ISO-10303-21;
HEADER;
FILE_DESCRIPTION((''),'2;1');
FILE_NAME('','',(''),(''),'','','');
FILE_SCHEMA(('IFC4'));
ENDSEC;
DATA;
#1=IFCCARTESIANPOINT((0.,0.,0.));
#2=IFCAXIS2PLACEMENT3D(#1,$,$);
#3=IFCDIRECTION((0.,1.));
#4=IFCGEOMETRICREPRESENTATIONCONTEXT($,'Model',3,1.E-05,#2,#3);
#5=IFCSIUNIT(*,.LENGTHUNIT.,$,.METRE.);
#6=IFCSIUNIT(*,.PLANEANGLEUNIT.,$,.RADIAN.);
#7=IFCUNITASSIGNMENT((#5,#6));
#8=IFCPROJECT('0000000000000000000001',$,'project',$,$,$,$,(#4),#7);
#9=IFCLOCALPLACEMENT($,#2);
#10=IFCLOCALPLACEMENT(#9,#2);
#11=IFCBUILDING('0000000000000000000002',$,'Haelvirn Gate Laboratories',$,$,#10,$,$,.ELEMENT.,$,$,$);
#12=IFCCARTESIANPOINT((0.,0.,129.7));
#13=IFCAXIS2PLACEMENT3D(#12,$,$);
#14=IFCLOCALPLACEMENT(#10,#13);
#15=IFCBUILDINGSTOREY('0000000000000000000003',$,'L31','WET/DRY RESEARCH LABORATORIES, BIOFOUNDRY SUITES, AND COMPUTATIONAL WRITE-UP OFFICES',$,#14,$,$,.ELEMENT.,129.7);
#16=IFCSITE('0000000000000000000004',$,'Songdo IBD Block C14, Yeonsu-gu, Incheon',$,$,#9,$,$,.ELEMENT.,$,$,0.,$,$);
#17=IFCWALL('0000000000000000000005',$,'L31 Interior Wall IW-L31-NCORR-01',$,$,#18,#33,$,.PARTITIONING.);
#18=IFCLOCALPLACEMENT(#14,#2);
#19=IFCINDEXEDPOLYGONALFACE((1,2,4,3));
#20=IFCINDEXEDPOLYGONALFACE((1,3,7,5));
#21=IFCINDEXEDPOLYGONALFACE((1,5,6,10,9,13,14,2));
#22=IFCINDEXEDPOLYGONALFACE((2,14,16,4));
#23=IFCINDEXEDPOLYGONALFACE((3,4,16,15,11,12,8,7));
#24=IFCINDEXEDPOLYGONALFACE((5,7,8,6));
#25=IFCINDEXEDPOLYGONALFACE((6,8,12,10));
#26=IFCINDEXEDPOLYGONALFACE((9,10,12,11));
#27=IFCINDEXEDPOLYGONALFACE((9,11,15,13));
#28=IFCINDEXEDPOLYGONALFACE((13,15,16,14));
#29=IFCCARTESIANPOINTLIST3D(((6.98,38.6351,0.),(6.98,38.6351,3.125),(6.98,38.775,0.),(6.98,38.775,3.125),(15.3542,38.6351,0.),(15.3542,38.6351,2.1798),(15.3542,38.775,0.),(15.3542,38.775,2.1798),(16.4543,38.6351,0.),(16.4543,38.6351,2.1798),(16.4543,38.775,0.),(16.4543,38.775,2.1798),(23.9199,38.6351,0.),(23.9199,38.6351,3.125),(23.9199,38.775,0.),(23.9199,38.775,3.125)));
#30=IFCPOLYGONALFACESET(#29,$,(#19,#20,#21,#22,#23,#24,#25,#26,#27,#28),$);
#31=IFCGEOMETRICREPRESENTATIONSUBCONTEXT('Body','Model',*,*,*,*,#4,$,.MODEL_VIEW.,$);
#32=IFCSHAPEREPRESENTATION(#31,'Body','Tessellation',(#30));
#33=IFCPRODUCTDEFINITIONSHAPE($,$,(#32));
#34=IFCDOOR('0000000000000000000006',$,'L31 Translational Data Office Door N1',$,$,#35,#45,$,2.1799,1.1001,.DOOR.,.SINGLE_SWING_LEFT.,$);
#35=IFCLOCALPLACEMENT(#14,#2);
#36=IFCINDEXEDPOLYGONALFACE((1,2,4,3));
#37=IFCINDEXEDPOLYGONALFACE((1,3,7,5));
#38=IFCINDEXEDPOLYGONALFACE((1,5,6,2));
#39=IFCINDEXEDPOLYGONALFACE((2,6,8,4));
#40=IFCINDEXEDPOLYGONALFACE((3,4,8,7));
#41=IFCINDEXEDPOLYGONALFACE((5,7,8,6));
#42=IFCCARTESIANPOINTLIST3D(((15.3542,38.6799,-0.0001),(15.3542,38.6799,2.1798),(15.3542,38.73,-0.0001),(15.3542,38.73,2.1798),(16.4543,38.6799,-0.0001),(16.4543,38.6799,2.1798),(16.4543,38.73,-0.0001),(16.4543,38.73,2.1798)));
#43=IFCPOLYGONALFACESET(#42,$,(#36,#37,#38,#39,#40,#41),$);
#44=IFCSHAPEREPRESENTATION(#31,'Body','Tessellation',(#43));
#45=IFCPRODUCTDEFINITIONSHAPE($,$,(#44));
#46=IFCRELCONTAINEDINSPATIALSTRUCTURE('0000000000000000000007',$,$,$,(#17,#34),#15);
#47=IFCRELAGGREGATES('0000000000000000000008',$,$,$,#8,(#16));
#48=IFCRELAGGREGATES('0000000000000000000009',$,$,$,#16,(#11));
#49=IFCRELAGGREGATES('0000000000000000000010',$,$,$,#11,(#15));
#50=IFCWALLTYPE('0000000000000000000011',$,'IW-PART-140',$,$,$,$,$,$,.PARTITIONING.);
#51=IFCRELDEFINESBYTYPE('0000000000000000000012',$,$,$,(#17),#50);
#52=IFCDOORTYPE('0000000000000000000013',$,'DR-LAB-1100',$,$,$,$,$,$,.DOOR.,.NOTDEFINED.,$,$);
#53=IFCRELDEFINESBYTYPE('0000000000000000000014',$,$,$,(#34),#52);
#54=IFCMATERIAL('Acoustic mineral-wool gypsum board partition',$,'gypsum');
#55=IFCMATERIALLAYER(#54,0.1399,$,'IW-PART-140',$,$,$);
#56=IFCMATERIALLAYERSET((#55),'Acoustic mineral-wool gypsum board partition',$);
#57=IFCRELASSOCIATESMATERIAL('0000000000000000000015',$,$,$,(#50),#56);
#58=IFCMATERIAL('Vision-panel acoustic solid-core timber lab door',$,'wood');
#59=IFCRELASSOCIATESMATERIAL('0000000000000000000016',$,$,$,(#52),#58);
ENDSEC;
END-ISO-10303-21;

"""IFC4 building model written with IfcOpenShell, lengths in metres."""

from ifc_helpers import new_model, si_unit, direction, frame, frame_2d, origin, place, context, subcontext, project, spatial, rectangle, extrude, source, transform, mapped, material, layer, layer_set, type_object, type_shapes, element, fill, save


model = new_model("IFC4")

# Units and contexts
model_context = context("Model", 3, precision=1e-05, world=origin(), true_north=direction((0.0, 1.0)))
body_context = subcontext(model_context, "Body", "Model", "MODEL_VIEW")
ifc_project = project(units=[si_unit("LENGTHUNIT", "METRE"), si_unit("PLANEANGLEUNIT", "RADIAN")], contexts=[model_context])

# Site, building, storey
site_placement = place(None, origin())
site = spatial("IfcSite", under=ifc_project, at=site_placement, Name="Songdo IBD Block C14, Yeonsu-gu, Incheon", CompositionType="ELEMENT", RefElevation=0.0)
building_placement = place(site_placement, origin())
building = spatial("IfcBuilding", under=site, at=building_placement, Name="Haelvirn Gate Laboratories", CompositionType="ELEMENT")
storey_placement = place(building_placement, frame((0.0, 0.0, 129.7)))
storey = spatial("IfcBuildingStorey", under=building, at=storey_placement, Name="L31", Description="WET/DRY RESEARCH LABORATORIES, BIOFOUNDRY SUITES, AND COMPUTATIONAL WRITE-UP OFFICES", CompositionType="ELEMENT", Elevation=129.7)

# Wall, opening, door
ifc_material_1 = material(Name="Acoustic mineral-wool gypsum board partition", Category="gypsum")
ifc_layer_1 = layer(ifc_material_1, 0.1399, Name="IW-PART-140")
ifc_layer_set_1 = layer_set([ifc_layer_1], Name="Acoustic mineral-wool gypsum board partition")
wall_type_1 = type_object("IfcWallType", Name="IW-PART-140", PredefinedType="PARTITIONING", material=ifc_layer_set_1)
wall_1_placement = place(storey_placement, frame((6.98, 38.7051, 0.0), z_axis=(0.0, 0.0, 1.0), x_axis=(1.0, 0.0, 0.0)))
wall_1 = element("IfcWall", 1, at=wall_1_placement, inside=storey, type_object=wall_type_1, Name="L31 Interior Wall IW-L31-NCORR-01", PredefinedType="PARTITIONING", context=body_context, shape_type="SweptSolid", body=[
    extrude(rectangle(XDim=16.9399, YDim=0.1399, at=frame_2d((8.47, 0.0))), origin(), (0.0, 0.0, 1.0), 3.125),
])
opening_placement = place(wall_1_placement, frame((8.3743, 0.0, 0.0)))
opening = element("IfcOpeningElement", 2, at=opening_placement, cuts=wall_1, PredefinedType="OPENING", context=body_context, shape_type="SweptSolid", body=[
    extrude(rectangle(XDim=1.1001, YDim=2.1799, at=frame_2d((0.55, 1.0898))), frame((0.0, 0.0801, 0.0), z_axis=(0.0, -1.0, 0.0), x_axis=(1.0, 0.0, 0.0)), (0.0, 0.0, 1.0), 0.1599),
])
ifc_material_2 = material(Name="Vision-panel acoustic solid-core timber lab door", Category="wood")
door_type = type_object("IfcDoorType", Name="DR-LAB-1100", OperationType="NOTDEFINED", PredefinedType="DOOR", material=ifc_material_2)
shared_shape_1 = source(origin(), body_context, "Body", "SweptSolid", [
    extrude(rectangle(XDim=1.1001, YDim=2.1799, at=frame_2d((0.55, 1.0898))), frame((0.0, 0.0249, 0.0), z_axis=(0.0, -1.0, 0.0), x_axis=(1.0, 0.0, 0.0)), (0.0, 0.0, 1.0), 0.05),
])
type_shapes(door_type, [shared_shape_1])
door_placement = place(opening_placement, origin())
door = element("IfcDoor", 3, at=door_placement, inside=storey, type_object=door_type, Name="L31 Translational Data Office Door N1", OperationType="SINGLE_SWING_LEFT", OverallHeight=2.1799, OverallWidth=1.1001, PredefinedType="DOOR", context=body_context, shape_type="MappedRepresentation", body=[
    mapped(shared_shape_1, transform((0.0, 0.0, 0.0), scale=1.0)),
])
fill(opening, door)

save(model, "model.ifc")
